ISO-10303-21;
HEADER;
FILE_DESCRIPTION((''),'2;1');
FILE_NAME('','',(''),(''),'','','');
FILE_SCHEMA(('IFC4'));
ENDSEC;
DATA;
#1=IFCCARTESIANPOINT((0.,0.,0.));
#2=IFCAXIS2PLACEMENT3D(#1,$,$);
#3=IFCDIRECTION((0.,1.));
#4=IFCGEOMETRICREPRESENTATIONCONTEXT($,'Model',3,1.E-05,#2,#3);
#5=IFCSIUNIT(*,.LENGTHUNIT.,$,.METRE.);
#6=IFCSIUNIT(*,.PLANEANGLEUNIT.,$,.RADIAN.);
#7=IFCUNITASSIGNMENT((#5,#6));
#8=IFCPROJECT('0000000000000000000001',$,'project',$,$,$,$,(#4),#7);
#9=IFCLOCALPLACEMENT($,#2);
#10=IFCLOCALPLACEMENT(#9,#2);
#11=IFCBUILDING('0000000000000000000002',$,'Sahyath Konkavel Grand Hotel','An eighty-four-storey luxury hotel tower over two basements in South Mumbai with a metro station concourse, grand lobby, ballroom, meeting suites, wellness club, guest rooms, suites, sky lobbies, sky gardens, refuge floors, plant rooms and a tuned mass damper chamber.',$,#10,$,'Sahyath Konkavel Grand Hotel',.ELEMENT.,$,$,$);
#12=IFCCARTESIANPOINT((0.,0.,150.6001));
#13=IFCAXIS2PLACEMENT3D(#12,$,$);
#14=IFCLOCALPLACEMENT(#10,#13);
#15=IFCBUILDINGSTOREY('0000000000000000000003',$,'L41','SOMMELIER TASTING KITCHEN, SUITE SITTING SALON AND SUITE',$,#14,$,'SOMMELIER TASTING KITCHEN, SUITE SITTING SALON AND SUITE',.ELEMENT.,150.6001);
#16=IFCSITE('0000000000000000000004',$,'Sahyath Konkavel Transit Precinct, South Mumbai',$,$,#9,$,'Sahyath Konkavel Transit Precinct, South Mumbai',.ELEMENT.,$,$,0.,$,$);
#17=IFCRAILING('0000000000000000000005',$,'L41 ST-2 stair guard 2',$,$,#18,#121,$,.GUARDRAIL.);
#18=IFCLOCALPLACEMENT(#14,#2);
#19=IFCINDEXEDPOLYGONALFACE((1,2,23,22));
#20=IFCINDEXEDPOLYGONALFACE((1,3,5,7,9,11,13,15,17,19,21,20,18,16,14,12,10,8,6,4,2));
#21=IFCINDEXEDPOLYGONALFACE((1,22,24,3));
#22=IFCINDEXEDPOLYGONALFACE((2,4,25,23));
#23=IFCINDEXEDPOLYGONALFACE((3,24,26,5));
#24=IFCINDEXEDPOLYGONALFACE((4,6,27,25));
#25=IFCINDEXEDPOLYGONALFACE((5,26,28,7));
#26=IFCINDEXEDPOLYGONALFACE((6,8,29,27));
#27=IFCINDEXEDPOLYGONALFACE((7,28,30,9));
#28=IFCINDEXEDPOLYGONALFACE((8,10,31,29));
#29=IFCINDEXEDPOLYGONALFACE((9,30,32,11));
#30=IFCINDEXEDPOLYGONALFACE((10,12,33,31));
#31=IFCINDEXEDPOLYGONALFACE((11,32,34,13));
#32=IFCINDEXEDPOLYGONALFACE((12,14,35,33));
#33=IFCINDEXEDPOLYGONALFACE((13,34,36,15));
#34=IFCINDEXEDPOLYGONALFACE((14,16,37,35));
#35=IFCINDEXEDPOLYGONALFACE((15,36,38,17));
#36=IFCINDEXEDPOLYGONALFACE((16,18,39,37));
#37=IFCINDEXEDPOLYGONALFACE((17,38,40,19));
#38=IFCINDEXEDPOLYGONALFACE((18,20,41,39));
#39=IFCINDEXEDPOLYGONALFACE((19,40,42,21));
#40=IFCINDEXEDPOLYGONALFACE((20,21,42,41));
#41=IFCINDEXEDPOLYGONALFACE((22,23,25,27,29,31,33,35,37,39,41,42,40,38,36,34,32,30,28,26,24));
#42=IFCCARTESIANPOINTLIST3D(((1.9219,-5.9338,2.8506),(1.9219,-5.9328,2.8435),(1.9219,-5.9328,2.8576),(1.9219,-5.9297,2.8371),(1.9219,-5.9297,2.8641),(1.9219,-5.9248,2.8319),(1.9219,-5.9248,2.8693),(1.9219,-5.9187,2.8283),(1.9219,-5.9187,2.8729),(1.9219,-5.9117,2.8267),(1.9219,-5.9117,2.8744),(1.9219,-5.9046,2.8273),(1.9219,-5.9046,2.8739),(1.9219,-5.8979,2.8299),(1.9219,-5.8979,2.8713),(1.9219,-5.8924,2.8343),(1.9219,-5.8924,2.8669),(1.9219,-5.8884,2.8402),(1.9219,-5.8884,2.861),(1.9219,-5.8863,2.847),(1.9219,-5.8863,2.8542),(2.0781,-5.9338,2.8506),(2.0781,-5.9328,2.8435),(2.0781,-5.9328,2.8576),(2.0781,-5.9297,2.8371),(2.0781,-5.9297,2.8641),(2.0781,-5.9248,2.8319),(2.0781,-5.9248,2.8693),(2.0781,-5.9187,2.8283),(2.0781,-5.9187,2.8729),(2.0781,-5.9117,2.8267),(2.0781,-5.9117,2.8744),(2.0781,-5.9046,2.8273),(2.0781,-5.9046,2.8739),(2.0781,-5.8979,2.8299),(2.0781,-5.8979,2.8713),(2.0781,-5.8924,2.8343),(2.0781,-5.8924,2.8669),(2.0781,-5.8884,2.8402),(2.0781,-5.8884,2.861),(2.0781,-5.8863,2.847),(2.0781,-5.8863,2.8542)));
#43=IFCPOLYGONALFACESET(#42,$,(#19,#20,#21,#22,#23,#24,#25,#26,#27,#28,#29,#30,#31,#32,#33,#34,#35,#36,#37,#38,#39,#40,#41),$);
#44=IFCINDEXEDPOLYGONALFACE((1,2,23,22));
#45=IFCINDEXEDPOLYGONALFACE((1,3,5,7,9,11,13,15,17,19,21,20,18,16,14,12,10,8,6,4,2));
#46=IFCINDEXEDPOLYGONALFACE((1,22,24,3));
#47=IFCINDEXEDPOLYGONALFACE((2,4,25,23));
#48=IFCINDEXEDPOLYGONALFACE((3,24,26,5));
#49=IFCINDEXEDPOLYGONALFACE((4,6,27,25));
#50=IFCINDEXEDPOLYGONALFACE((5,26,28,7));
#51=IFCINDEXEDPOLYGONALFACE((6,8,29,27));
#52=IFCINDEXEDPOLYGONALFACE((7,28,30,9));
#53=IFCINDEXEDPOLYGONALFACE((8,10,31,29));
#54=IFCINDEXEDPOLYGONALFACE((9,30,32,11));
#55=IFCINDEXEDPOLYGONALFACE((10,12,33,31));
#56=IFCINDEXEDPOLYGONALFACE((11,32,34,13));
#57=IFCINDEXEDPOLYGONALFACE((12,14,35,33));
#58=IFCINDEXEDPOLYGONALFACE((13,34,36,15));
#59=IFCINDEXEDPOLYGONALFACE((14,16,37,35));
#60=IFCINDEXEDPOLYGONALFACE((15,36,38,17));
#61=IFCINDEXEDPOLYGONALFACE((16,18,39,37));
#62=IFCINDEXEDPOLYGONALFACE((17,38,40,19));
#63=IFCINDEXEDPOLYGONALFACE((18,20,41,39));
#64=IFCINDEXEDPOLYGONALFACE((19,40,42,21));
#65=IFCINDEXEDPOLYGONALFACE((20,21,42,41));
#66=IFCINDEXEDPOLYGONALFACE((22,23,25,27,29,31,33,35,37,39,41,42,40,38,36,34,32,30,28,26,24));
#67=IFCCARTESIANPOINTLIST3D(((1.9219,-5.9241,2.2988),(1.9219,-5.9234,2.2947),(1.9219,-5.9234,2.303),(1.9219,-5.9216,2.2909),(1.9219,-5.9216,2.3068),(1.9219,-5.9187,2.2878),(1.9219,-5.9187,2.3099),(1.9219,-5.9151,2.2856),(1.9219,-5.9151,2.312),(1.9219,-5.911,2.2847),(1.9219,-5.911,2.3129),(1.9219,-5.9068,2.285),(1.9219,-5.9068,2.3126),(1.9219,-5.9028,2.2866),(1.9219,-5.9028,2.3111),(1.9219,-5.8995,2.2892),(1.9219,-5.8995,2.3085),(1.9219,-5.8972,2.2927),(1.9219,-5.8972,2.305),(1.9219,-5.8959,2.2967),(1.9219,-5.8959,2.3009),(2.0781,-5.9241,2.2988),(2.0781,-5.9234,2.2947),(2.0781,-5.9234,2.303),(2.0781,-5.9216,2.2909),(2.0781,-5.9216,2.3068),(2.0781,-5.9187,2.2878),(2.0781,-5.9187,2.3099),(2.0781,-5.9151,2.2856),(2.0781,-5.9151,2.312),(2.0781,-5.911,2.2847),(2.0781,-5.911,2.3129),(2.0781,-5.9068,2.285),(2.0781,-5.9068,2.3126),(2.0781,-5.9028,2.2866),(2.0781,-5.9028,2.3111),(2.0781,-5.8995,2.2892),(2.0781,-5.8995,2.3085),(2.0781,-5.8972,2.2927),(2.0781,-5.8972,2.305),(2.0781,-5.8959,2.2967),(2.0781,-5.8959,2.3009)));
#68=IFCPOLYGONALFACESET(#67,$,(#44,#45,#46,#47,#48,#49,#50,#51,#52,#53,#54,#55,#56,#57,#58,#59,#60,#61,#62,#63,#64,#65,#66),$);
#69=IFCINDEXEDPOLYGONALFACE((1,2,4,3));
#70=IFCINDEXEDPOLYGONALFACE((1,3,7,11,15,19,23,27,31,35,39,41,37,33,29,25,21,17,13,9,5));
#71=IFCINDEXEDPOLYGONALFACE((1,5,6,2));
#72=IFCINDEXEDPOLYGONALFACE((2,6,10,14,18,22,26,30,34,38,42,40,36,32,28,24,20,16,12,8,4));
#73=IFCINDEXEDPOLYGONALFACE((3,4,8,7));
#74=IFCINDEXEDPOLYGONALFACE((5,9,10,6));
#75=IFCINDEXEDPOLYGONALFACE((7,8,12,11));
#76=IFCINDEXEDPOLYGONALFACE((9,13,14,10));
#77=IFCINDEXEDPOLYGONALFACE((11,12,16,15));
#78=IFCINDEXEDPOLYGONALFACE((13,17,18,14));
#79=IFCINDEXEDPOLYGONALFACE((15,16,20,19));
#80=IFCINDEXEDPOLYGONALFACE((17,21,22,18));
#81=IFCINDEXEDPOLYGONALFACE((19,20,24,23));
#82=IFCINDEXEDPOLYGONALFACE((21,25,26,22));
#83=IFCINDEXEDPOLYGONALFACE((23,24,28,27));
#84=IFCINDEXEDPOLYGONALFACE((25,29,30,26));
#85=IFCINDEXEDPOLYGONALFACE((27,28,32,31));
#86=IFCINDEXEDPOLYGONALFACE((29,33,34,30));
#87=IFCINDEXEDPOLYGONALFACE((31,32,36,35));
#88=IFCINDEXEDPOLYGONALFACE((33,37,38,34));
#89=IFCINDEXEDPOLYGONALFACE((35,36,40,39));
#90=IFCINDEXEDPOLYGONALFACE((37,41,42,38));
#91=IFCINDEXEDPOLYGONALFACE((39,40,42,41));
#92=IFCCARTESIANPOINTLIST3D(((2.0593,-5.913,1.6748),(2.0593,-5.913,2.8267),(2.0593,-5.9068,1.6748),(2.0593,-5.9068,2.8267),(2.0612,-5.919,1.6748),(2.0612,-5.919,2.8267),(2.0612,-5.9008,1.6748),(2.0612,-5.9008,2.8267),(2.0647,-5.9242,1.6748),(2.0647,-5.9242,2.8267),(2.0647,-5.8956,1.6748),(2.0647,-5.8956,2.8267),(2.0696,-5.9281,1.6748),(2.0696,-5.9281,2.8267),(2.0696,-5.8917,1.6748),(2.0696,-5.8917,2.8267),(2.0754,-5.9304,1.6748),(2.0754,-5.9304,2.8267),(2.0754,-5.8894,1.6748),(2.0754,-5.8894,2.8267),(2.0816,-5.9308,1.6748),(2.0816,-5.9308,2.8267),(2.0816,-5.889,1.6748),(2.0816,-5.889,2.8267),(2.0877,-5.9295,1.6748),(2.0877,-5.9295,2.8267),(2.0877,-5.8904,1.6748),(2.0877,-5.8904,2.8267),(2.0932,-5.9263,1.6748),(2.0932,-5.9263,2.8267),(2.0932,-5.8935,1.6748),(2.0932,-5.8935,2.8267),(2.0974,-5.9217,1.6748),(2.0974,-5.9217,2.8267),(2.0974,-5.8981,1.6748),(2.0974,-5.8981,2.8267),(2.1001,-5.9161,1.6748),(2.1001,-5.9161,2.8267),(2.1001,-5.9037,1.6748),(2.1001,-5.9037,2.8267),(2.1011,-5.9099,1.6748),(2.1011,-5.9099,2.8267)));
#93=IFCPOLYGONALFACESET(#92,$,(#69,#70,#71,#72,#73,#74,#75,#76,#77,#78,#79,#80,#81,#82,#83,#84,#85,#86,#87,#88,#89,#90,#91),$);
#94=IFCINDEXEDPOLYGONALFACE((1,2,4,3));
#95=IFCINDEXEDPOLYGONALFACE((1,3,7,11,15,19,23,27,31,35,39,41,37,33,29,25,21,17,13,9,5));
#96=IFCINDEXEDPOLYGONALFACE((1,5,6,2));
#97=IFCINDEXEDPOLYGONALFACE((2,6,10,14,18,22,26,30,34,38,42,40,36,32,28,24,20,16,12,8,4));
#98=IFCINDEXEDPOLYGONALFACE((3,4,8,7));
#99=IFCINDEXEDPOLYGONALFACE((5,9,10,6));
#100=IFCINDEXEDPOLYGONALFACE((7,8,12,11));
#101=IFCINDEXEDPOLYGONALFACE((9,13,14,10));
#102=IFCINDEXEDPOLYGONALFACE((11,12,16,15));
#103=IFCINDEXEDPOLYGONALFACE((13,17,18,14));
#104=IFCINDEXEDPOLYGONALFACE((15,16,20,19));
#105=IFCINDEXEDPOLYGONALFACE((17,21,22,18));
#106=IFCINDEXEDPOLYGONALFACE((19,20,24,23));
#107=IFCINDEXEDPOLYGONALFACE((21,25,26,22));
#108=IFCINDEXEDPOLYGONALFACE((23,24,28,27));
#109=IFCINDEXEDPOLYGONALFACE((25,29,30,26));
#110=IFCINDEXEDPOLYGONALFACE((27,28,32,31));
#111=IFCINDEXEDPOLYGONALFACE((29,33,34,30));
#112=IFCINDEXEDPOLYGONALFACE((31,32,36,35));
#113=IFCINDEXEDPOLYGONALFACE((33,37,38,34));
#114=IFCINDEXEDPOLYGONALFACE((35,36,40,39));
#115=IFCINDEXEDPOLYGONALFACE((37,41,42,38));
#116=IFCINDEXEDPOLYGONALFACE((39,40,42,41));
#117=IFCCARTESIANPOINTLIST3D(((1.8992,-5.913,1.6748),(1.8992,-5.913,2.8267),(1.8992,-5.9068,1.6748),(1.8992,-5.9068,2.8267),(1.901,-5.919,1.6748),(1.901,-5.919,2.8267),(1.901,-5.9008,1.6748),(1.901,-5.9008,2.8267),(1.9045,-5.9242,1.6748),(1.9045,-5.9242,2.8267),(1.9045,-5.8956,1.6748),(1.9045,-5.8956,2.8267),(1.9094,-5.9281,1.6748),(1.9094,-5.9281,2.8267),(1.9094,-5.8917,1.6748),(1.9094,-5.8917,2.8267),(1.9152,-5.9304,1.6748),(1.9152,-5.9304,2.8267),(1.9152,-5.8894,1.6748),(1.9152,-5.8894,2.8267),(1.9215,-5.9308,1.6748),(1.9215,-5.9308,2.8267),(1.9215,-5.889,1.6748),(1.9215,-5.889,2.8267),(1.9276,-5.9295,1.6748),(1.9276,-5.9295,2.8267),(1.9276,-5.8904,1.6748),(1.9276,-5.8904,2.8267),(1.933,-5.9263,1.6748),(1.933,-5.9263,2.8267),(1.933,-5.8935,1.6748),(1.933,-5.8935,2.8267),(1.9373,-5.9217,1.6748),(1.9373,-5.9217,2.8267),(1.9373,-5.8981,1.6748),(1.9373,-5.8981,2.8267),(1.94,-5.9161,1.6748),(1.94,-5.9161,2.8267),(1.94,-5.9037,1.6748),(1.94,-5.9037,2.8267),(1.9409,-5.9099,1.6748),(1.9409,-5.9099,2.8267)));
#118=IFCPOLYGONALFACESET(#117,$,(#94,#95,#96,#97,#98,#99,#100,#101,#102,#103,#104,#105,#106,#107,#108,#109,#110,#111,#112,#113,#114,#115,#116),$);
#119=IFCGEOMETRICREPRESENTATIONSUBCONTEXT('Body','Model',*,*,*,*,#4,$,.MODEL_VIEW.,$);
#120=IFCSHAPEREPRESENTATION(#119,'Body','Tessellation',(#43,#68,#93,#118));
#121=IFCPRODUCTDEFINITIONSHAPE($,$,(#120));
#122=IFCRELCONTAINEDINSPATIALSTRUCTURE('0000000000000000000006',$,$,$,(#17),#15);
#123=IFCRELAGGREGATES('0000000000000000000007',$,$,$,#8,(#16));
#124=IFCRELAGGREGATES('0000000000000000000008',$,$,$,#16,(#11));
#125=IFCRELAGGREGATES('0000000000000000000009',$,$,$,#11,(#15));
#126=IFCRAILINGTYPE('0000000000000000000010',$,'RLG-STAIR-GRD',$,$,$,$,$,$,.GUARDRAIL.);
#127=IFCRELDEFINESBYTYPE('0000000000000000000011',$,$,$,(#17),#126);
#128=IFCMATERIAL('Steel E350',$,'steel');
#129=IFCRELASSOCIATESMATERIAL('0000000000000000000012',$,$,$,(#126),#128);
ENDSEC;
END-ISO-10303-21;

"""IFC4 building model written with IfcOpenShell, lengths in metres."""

from ifc_helpers import new_model, si_unit, direction, frame, origin, origin_2d, place, context, subcontext, project, spatial, circle, extrude, material, type_object, element, save


model = new_model("IFC4")

# Units and contexts
model_context = context("Model", 3, precision=1e-05, world=origin(), true_north=direction((0.0, 1.0)))
body_context = subcontext(model_context, "Body", "Model", "MODEL_VIEW")
ifc_project = project(units=[si_unit("LENGTHUNIT", "METRE"), si_unit("PLANEANGLEUNIT", "RADIAN")], contexts=[model_context])

# Site, building, storey
site_placement = place(None, origin())
site = spatial("IfcSite", under=ifc_project, at=site_placement, Name="Sahyath Konkavel Transit Precinct, South Mumbai", LongName="Sahyath Konkavel Transit Precinct, South Mumbai", CompositionType="ELEMENT", RefElevation=0.0)
building_placement = place(site_placement, origin())
building = spatial("IfcBuilding", under=site, at=building_placement, Name="Sahyath Konkavel Grand Hotel", Description="An eighty-four-storey luxury hotel tower over two basements in South Mumbai with a metro station concourse, grand lobby, ballroom, meeting suites, wellness club, guest rooms, suites, sky lobbies, sky gardens, refuge floors, plant rooms and a tuned mass damper chamber.", LongName="Sahyath Konkavel Grand Hotel", CompositionType="ELEMENT")
storey_placement = place(building_placement, frame((0.0, 0.0, 150.6001)))
storey = spatial("IfcBuildingStorey", under=building, at=storey_placement, Name="L41", Description="SOMMELIER TASTING KITCHEN, SUITE SITTING SALON AND SUITE", LongName="SOMMELIER TASTING KITCHEN, SUITE SITTING SALON AND SUITE", CompositionType="ELEMENT", Elevation=150.6001)

# Shared definitions
ifc_material_1 = material(Name="Steel E350", Category="steel")

# Railing
railing_type_1 = type_object("IfcRailingType", Name="RLG-STAIR-GRD", PredefinedType="GUARDRAIL", material=ifc_material_1)
railing_1_placement = place(storey_placement, frame((2.0801, -5.9099, 1.6748)))
element("IfcRailing", 1, at=railing_1_placement, inside=storey, type_object=railing_type_1, Name="L41 ST-2 stair guard 2", PredefinedType="GUARDRAIL", context=body_context, shape_type="SweptSolid", body=[
    extrude(circle(Radius=0.0239, at=origin_2d()), frame((-0.002, 0.0, 1.1758), z_axis=(-1.0, 0.0, 0.0), x_axis=(0.0, -1.0, 0.0)), (0.0, 0.0, 1.0), 0.1562),
    extrude(circle(Radius=0.0142, at=origin_2d()), frame((-0.002, 0.0, 0.624), z_axis=(-1.0, 0.0, 0.0), x_axis=(0.0, -1.0, 0.0)), (0.0, 0.0, 1.0), 0.1562),
    extrude(circle(Radius=0.021, at=origin_2d()), origin(), (0.0, 0.0, 1.0), 1.1519),
    extrude(circle(Radius=0.021, at=origin_2d()), frame((-0.1602, 0.0, 0.0)), (0.0, 0.0, 1.0), 1.1519),
])

save(model, "model.ifc")
